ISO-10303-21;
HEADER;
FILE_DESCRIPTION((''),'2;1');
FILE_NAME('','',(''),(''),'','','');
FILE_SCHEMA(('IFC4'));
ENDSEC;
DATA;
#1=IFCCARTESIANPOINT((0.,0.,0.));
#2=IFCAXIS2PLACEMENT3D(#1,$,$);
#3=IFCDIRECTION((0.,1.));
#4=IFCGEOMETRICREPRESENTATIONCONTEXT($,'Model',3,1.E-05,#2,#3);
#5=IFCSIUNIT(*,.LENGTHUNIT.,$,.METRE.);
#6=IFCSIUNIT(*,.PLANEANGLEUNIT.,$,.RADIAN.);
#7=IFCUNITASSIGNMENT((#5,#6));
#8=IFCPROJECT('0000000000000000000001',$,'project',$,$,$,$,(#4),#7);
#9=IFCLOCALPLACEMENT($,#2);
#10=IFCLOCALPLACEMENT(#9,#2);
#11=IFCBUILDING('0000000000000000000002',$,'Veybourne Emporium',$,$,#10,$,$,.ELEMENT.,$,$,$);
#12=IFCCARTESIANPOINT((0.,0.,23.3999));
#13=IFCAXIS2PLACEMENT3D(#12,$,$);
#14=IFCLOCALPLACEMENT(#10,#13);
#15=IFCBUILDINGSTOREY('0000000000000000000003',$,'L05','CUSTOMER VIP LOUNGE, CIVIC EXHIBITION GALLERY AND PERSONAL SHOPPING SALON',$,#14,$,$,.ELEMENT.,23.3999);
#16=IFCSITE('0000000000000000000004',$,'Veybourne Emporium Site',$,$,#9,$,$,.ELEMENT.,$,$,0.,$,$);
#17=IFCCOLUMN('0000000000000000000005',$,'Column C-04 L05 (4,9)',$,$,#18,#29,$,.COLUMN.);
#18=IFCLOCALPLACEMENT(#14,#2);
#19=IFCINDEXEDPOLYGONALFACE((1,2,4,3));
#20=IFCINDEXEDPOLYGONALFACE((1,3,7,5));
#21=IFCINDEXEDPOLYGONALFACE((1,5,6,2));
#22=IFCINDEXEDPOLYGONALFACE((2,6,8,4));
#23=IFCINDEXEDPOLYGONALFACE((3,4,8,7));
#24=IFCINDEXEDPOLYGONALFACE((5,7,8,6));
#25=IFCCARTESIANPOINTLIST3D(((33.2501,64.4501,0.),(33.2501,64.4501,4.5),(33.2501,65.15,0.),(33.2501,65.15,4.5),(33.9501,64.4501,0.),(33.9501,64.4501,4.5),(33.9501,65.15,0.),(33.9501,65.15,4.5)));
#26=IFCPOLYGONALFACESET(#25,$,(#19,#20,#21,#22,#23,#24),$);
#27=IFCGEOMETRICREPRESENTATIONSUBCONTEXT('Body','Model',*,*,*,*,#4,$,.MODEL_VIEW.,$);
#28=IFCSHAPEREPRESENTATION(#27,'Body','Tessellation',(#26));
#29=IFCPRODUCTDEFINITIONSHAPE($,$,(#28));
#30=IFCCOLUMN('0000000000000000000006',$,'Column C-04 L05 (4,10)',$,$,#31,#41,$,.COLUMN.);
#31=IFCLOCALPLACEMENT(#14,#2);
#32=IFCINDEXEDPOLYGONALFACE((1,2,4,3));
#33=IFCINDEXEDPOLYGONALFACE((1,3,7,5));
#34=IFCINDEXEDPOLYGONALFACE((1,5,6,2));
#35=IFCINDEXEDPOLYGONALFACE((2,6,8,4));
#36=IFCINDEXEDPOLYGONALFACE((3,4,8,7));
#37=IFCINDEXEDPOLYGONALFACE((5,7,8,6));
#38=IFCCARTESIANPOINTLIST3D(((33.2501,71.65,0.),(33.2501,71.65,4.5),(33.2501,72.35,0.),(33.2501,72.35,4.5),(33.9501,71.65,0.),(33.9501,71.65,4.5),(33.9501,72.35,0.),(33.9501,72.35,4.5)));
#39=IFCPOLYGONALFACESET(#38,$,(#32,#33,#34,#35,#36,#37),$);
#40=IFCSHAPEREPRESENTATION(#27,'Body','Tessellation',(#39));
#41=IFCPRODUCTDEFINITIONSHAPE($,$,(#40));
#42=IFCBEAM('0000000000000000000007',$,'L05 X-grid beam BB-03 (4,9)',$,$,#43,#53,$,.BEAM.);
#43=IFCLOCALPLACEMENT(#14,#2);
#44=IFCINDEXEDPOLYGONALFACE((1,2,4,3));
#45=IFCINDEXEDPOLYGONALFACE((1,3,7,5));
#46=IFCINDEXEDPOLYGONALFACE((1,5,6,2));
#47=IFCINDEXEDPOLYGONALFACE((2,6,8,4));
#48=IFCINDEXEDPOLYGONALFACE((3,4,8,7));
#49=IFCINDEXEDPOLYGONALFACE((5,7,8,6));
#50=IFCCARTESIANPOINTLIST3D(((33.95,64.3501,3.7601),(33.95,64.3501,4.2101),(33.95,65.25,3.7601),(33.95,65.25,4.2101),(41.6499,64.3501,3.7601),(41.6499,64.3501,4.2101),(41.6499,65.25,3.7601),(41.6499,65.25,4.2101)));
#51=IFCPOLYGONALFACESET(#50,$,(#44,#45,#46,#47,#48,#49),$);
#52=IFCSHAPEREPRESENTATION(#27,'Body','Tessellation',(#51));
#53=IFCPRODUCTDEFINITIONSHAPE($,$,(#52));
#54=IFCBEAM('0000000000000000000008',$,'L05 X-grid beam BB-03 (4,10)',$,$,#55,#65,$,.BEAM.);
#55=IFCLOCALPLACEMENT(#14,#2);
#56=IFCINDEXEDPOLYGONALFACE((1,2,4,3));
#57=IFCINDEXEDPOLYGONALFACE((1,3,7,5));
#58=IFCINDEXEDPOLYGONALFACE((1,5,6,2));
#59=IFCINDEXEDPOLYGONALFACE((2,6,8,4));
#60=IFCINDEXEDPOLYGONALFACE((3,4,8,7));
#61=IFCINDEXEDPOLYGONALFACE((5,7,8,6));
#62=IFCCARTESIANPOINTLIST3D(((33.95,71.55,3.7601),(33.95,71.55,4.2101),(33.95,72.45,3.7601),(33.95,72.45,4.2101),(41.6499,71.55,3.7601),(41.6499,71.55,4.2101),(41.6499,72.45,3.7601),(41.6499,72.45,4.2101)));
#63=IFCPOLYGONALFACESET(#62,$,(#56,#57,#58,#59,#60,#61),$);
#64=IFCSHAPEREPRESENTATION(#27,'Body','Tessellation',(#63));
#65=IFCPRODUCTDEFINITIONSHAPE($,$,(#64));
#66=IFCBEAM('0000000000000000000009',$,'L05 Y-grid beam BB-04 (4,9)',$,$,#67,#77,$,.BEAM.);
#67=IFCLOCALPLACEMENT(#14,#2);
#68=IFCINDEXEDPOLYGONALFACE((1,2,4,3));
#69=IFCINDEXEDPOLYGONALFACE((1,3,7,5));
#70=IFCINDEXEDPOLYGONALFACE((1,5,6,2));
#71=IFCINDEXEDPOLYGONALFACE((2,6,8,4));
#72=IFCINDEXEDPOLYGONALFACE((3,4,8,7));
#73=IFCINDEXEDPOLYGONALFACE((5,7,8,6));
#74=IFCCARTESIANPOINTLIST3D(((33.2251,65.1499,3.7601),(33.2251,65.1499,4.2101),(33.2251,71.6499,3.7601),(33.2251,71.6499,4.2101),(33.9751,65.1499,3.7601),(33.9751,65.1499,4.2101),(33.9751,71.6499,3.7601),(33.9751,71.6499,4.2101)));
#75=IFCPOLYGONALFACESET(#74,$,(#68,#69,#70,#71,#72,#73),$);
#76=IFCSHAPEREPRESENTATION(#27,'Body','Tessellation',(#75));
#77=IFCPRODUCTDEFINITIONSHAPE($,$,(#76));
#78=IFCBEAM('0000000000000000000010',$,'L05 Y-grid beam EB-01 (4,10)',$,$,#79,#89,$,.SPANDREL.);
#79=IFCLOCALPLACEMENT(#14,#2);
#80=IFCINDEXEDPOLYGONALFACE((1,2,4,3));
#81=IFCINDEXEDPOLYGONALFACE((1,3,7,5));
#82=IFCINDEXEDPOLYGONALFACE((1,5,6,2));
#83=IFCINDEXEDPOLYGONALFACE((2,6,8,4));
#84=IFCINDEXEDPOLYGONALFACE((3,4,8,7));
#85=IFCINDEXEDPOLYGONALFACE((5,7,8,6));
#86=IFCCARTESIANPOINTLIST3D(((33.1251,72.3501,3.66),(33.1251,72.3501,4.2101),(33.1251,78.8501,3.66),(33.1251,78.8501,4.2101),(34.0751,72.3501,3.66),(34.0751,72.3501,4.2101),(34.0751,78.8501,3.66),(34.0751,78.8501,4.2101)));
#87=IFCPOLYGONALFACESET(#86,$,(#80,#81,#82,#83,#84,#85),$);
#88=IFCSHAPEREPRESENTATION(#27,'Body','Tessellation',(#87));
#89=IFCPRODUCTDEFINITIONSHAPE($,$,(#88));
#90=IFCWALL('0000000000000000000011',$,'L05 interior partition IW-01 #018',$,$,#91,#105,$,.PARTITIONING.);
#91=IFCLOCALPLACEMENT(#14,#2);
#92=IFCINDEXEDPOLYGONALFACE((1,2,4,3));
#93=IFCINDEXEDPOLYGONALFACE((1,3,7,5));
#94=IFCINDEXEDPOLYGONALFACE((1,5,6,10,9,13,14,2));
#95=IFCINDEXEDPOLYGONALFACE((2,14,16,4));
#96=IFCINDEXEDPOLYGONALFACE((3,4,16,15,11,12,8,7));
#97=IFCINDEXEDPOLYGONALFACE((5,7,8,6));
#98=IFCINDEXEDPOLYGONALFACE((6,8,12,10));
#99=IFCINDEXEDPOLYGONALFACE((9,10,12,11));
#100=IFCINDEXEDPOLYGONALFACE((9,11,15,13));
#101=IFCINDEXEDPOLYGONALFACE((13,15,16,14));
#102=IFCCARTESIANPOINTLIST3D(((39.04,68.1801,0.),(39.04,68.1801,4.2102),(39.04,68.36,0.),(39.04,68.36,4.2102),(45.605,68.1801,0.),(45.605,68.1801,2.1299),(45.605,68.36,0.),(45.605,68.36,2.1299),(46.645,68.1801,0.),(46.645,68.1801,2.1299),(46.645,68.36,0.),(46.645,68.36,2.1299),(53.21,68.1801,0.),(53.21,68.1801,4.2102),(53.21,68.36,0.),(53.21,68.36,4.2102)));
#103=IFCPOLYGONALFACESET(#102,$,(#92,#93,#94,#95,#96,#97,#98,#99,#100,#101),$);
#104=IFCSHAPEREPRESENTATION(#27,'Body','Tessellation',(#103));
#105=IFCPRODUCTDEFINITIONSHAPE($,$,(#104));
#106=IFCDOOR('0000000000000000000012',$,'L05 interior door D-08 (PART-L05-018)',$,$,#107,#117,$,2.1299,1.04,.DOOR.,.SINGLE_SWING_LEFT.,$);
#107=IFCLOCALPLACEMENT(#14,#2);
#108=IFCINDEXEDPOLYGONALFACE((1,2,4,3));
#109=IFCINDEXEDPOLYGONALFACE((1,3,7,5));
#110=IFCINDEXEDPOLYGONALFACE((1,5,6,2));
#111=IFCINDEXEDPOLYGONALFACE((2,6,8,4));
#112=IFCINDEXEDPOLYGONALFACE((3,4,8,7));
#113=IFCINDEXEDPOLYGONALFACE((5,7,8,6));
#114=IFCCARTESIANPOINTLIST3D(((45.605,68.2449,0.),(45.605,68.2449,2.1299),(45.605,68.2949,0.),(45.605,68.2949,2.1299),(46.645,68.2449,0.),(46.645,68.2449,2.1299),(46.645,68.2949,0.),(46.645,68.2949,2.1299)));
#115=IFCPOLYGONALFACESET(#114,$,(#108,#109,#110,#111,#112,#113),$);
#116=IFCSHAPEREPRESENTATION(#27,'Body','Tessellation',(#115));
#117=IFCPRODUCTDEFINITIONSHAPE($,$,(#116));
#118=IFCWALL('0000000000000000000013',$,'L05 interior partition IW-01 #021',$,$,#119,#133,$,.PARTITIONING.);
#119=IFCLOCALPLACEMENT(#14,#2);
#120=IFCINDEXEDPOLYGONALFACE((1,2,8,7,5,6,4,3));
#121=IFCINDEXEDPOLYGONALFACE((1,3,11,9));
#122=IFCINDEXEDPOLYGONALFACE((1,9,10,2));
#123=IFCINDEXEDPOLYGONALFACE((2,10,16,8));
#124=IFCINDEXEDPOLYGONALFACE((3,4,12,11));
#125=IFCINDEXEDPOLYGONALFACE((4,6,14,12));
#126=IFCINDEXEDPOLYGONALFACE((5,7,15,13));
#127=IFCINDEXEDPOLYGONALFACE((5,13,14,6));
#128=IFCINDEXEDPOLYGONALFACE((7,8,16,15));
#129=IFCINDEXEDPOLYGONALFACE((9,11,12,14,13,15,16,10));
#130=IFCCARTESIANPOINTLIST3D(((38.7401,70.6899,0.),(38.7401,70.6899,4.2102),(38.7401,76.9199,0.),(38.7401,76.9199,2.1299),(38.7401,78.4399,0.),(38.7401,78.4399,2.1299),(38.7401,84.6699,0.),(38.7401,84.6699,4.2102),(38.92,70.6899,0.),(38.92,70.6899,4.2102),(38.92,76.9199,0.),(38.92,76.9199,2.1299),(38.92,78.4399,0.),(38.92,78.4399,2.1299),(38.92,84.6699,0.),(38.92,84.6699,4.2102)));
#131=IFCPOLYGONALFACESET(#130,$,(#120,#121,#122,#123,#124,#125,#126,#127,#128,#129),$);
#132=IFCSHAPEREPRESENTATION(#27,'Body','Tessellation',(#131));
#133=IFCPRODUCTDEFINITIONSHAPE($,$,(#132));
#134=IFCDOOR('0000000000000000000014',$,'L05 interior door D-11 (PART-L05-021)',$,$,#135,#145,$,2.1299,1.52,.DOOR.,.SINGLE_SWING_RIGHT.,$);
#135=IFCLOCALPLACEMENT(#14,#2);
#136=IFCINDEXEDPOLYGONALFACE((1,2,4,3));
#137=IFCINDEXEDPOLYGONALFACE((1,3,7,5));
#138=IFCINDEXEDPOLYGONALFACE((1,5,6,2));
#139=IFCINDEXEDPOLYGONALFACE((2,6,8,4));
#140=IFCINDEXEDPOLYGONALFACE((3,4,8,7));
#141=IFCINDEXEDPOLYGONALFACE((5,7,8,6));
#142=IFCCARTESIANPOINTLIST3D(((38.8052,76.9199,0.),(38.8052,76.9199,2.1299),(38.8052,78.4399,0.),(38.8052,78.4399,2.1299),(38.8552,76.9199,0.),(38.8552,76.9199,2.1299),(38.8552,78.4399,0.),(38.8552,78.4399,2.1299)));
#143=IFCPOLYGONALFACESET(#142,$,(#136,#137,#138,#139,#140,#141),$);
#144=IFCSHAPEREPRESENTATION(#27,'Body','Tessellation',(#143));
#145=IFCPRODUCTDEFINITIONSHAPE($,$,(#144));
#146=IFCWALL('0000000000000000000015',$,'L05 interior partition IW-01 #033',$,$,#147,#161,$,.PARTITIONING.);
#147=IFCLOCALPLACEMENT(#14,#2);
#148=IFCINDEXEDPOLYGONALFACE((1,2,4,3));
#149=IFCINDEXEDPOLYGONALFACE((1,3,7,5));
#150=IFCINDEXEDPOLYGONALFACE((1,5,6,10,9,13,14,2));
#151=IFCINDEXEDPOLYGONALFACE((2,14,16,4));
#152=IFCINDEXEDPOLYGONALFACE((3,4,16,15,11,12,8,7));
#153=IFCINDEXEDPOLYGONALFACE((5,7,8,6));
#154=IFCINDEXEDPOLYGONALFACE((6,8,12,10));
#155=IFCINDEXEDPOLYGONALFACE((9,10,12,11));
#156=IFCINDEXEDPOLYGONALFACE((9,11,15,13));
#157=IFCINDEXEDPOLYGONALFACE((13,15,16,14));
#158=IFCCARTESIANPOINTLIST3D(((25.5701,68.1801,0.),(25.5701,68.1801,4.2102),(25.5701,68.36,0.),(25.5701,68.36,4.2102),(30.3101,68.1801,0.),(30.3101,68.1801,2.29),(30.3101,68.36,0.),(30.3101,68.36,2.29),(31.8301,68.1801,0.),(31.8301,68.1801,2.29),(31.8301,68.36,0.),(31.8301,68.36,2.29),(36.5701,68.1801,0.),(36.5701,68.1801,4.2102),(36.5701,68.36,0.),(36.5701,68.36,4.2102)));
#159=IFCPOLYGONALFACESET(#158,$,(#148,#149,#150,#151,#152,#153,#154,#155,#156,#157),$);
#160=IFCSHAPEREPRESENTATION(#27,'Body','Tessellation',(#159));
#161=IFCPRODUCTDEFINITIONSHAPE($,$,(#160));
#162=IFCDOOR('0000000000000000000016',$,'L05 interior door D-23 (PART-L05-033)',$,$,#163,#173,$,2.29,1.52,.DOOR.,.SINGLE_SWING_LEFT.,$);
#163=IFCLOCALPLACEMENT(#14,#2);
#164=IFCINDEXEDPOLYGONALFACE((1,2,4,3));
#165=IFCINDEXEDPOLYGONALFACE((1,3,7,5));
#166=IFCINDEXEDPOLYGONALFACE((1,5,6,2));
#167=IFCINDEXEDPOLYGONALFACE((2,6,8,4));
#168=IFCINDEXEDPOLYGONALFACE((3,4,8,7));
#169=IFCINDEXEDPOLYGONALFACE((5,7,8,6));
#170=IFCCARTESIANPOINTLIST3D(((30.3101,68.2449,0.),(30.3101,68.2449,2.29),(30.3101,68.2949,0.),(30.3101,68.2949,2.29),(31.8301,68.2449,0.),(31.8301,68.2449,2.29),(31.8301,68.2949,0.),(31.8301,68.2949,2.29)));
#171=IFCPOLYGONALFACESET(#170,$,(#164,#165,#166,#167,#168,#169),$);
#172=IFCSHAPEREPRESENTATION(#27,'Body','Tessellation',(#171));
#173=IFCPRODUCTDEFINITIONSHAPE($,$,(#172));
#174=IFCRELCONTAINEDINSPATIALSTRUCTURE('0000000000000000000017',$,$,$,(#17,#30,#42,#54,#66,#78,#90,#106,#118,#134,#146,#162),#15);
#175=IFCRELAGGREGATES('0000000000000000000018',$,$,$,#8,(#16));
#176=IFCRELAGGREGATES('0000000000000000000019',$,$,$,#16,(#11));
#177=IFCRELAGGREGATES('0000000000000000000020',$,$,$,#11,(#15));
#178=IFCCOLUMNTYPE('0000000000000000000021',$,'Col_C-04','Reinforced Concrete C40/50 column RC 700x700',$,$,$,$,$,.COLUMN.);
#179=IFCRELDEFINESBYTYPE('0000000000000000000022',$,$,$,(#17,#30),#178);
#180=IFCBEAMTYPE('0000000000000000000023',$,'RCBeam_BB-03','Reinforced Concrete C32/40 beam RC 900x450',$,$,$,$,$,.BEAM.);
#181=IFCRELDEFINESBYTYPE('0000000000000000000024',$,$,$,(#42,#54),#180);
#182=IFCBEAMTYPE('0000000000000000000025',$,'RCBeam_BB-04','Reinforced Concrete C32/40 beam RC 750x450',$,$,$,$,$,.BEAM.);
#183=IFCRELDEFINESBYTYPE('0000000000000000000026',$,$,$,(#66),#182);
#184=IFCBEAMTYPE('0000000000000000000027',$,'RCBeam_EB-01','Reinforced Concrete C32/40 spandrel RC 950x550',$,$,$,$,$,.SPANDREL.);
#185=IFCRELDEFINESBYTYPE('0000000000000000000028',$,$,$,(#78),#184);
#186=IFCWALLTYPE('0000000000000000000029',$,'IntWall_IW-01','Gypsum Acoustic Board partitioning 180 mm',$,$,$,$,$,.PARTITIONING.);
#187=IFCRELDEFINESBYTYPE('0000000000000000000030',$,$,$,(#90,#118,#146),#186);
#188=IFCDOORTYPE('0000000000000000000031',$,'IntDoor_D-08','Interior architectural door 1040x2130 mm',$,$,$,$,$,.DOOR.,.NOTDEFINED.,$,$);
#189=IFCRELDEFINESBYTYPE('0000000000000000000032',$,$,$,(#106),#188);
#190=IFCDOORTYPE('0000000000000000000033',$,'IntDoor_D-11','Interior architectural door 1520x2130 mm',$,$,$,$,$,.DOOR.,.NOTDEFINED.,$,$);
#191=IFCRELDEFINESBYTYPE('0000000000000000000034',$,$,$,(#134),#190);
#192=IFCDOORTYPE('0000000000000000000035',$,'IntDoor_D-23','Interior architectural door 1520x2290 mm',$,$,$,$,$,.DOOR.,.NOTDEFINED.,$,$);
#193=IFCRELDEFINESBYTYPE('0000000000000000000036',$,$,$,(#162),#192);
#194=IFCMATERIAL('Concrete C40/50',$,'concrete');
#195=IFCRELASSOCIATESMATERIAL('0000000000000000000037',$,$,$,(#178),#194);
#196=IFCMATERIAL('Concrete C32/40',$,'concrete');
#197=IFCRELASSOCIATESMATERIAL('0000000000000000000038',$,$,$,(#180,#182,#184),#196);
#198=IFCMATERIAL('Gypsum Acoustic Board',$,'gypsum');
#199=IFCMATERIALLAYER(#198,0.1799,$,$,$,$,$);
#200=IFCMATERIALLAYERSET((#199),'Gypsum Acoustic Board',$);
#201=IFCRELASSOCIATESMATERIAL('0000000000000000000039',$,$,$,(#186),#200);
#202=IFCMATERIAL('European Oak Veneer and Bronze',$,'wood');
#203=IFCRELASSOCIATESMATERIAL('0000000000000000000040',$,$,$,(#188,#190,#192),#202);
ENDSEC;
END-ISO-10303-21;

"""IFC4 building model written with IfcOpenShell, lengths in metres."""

from ifc_helpers import new_model, si_unit, direction, frame, frame_2d, origin, origin_2d, place, context, subcontext, project, spatial, rectangle, extrude, material, layer, layer_set, material_profile, profile_set, type_object, element, fill, save


model = new_model("IFC4")

# Units and contexts
model_context = context("Model", 3, precision=1e-05, world=origin(), true_north=direction((0.0, 1.0)))
body_context = subcontext(model_context, "Body", "Model", "MODEL_VIEW")
ifc_project = project(units=[si_unit("LENGTHUNIT", "METRE"), si_unit("PLANEANGLEUNIT", "RADIAN")], contexts=[model_context])

# Site, building, storey
site_placement = place(None, origin())
site = spatial("IfcSite", under=ifc_project, at=site_placement, Name="Veybourne Emporium Site", CompositionType="ELEMENT", RefElevation=0.0)
building_placement = place(site_placement, origin())
building = spatial("IfcBuilding", under=site, at=building_placement, Name="Veybourne Emporium", CompositionType="ELEMENT")
storey_placement = place(building_placement, frame((0.0, 0.0, 23.3999)))
storey = spatial("IfcBuildingStorey", under=building, at=storey_placement, Name="L05", Description="CUSTOMER VIP LOUNGE, CIVIC EXHIBITION GALLERY AND PERSONAL SHOPPING SALON", CompositionType="ELEMENT", Elevation=23.3999)

# Columns
ifc_material_1 = material(Name="Concrete C40/50", Category="concrete")
ifc_material_profile_1 = material_profile(ifc_material_1, rectangle(XDim=0.7, YDim=0.7, at=origin_2d()), Name="RC 700x700")
ifc_profile_set_1 = profile_set([ifc_material_profile_1], Name="Concrete C40/50")
column_type = type_object("IfcColumnType", Name="Col_C-04", Description="Reinforced Concrete C40/50 column RC 700x700", PredefinedType="COLUMN", material=ifc_profile_set_1)
for number, where, z_axis, x_axis, name in (
    (1, (33.6001, 64.8, 0.0), (0.0, 0.0, 1.0), (1.0, 0.0, 0.0), "Column C-04 L05 (4,9)"),
    (2, (33.6001, 72.0, 0.0), (0.0, 0.0, 1.0), (1.0, 0.0, 0.0), "Column C-04 L05 (4,10)"),
):
    element("IfcColumn", number, at=place(storey_placement, frame(where, z_axis=z_axis, x_axis=x_axis)), inside=storey, type_object=column_type, Name=name, PredefinedType="COLUMN", context=body_context, shape_type="SweptSolid", body=[
        extrude(rectangle(XDim=0.7, YDim=0.7, at=origin_2d()), origin(), (0.0, 0.0, 1.0), 4.5),
    ])

# Beams
ifc_material_2 = material(Name="Concrete C32/40", Category="concrete")
ifc_material_profile_2 = material_profile(ifc_material_2, rectangle(XDim=0.8999, YDim=0.45, at=origin_2d()), Name="RC 900x450")
ifc_profile_set_2 = profile_set([ifc_material_profile_2], Name="Concrete C32/40")
beam_type_1 = type_object("IfcBeamType", Name="RCBeam_BB-03", Description="Reinforced Concrete C32/40 beam RC 900x450", PredefinedType="BEAM", material=ifc_profile_set_2)
for number, where, z_axis, x_axis, name in (
    (3, (33.95, 64.8, 3.9851), (1.0, 0.0, 0.0), (0.0, 1.0, 0.0), "L05 X-grid beam BB-03 (4,9)"),
    (4, (33.95, 72.0, 3.9851), (1.0, 0.0, 0.0), (0.0, 1.0, 0.0), "L05 X-grid beam BB-03 (4,10)"),
):
    element("IfcBeam", number, at=place(storey_placement, frame(where, z_axis=z_axis, x_axis=x_axis)), inside=storey, type_object=beam_type_1, Name=name, PredefinedType="BEAM", context=body_context, shape_type="SweptSolid", body=[
        extrude(rectangle(XDim=0.8999, YDim=0.45, at=origin_2d()), origin(), (0.0, 0.0, 1.0), 7.7),
    ])
ifc_material_profile_3 = material_profile(ifc_material_2, rectangle(XDim=0.75, YDim=0.45, at=origin_2d()), Name="RC 750x450")
ifc_profile_set_3 = profile_set([ifc_material_profile_3], Name="Concrete C32/40")
beam_type_2 = type_object("IfcBeamType", Name="RCBeam_BB-04", Description="Reinforced Concrete C32/40 beam RC 750x450", PredefinedType="BEAM", material=ifc_profile_set_3)
beam_1_placement = place(storey_placement, frame((33.6001, 65.1499, 3.9851), z_axis=(0.0, 1.0, 0.0), x_axis=(-1.0, 0.0, 0.0)))
element("IfcBeam", 5, at=beam_1_placement, inside=storey, type_object=beam_type_2, Name="L05 Y-grid beam BB-04 (4,9)", PredefinedType="BEAM", context=body_context, shape_type="SweptSolid", body=[
    extrude(rectangle(XDim=0.75, YDim=0.45, at=origin_2d()), origin(), (0.0, 0.0, 1.0), 6.5),
])
ifc_material_profile_4 = material_profile(ifc_material_2, rectangle(XDim=0.95, YDim=0.55, at=origin_2d()), Name="RC 950x550")
ifc_profile_set_4 = profile_set([ifc_material_profile_4], Name="Concrete C32/40")
beam_type_3 = type_object("IfcBeamType", Name="RCBeam_EB-01", Description="Reinforced Concrete C32/40 spandrel RC 950x550", PredefinedType="SPANDREL", material=ifc_profile_set_4)
beam_2_placement = place(storey_placement, frame((33.6001, 72.3501, 3.9351), z_axis=(0.0, 1.0, 0.0), x_axis=(-1.0, 0.0, 0.0)))
element("IfcBeam", 6, at=beam_2_placement, inside=storey, type_object=beam_type_3, Name="L05 Y-grid beam EB-01 (4,10)", PredefinedType="SPANDREL", context=body_context, shape_type="SweptSolid", body=[
    extrude(rectangle(XDim=0.95, YDim=0.55, at=origin_2d()), origin(), (0.0, 0.0, 1.0), 6.5),
])

# Walls, openings, doors
ifc_material_3 = material(Name="Gypsum Acoustic Board", Category="gypsum")
ifc_layer_1 = layer(ifc_material_3, 0.1799)
ifc_layer_set_1 = layer_set([ifc_layer_1], Name="Gypsum Acoustic Board")
wall_type_1 = type_object("IfcWallType", Name="IntWall_IW-01", Description="Gypsum Acoustic Board partitioning 180 mm", PredefinedType="PARTITIONING", material=ifc_layer_set_1)
wall_1_placement = place(storey_placement, frame((39.04, 68.27, 0.0), z_axis=(0.0, 0.0, 1.0), x_axis=(1.0, 0.0, 0.0)))
wall_1 = element("IfcWall", 7, at=wall_1_placement, inside=storey, type_object=wall_type_1, Name="L05 interior partition IW-01 #018", PredefinedType="PARTITIONING", context=body_context, shape_type="SweptSolid", body=[
    extrude(rectangle(XDim=14.1699, YDim=0.1799, at=frame_2d((7.085, 0.0))), origin(), (0.0, 0.0, 1.0), 4.2102),
])
opening_1_placement = place(wall_1_placement, frame((6.5649, 0.0, 0.0)))
opening_1 = element("IfcOpeningElement", 8, at=opening_1_placement, cuts=wall_1, PredefinedType="OPENING", context=body_context, shape_type="SweptSolid", body=[
    extrude(rectangle(XDim=1.04, YDim=2.1299, at=frame_2d((0.52, 1.0649))), frame((0.0, 0.1099, 0.0), z_axis=(0.0, -1.0, 0.0), x_axis=(1.0, 0.0, 0.0)), (0.0, 0.0, 1.0), 0.22),
])
ifc_material_4 = material(Name="European Oak Veneer and Bronze", Category="wood")
door_type_1 = type_object("IfcDoorType", Name="IntDoor_D-08", Description="Interior architectural door 1040x2130 mm", OperationType="NOTDEFINED", PredefinedType="DOOR", material=ifc_material_4)
door_1_placement = place(opening_1_placement, origin())
door_1 = element("IfcDoor", 9, at=door_1_placement, inside=storey, type_object=door_type_1, Name="L05 interior door D-08 (PART-L05-018)", OperationType="SINGLE_SWING_LEFT", OverallHeight=2.1299, OverallWidth=1.04, PredefinedType="DOOR", context=body_context, shape_type="SweptSolid", body=[
    extrude(rectangle(XDim=1.04, YDim=2.1299, at=frame_2d((0.52, 1.0649))), frame((0.0, 0.0249, 0.0), z_axis=(0.0, -1.0, 0.0), x_axis=(1.0, 0.0, 0.0)), (0.0, 0.0, 1.0), 0.05),
])
fill(opening_1, door_1)
wall_2_placement = place(storey_placement, frame((38.8301, 70.6899, 0.0), z_axis=(0.0, 0.0, 1.0), x_axis=(0.0, 1.0, 0.0)))
wall_2 = element("IfcWall", 10, at=wall_2_placement, inside=storey, type_object=wall_type_1, Name="L05 interior partition IW-01 #021", PredefinedType="PARTITIONING", context=body_context, shape_type="SweptSolid", body=[
    extrude(rectangle(XDim=13.98, YDim=0.1799, at=frame_2d((6.99, 0.0))), origin(), (0.0, 0.0, 1.0), 4.2102),
])
opening_2_placement = place(wall_2_placement, frame((6.23, 0.0, 0.0)))
opening_2 = element("IfcOpeningElement", 11, at=opening_2_placement, cuts=wall_2, PredefinedType="OPENING", context=body_context, shape_type="SweptSolid", body=[
    extrude(rectangle(XDim=1.52, YDim=2.1299, at=frame_2d((0.76, 1.0649))), frame((0.0, 0.1099, 0.0), z_axis=(0.0, -1.0, 0.0), x_axis=(1.0, 0.0, 0.0)), (0.0, 0.0, 1.0), 0.22),
])
door_type_2 = type_object("IfcDoorType", Name="IntDoor_D-11", Description="Interior architectural door 1520x2130 mm", OperationType="NOTDEFINED", PredefinedType="DOOR", material=ifc_material_4)
door_2_placement = place(opening_2_placement, origin())
door_2 = element("IfcDoor", 12, at=door_2_placement, inside=storey, type_object=door_type_2, Name="L05 interior door D-11 (PART-L05-021)", OperationType="SINGLE_SWING_RIGHT", OverallHeight=2.1299, OverallWidth=1.52, PredefinedType="DOOR", context=body_context, shape_type="SweptSolid", body=[
    extrude(rectangle(XDim=1.52, YDim=2.1299, at=frame_2d((0.76, 1.0649))), frame((0.0, 0.0249, 0.0), z_axis=(0.0, -1.0, 0.0), x_axis=(1.0, 0.0, 0.0)), (0.0, 0.0, 1.0), 0.05),
])
fill(opening_2, door_2)
wall_3_placement = place(storey_placement, frame((25.5701, 68.27, 0.0), z_axis=(0.0, 0.0, 1.0), x_axis=(1.0, 0.0, 0.0)))
wall_3 = element("IfcWall", 13, at=wall_3_placement, inside=storey, type_object=wall_type_1, Name="L05 interior partition IW-01 #033", PredefinedType="PARTITIONING", context=body_context, shape_type="SweptSolid", body=[
    extrude(rectangle(XDim=11.0, YDim=0.1799, at=frame_2d((5.5, 0.0))), origin(), (0.0, 0.0, 1.0), 4.2102),
])
opening_3_placement = place(wall_3_placement, frame((4.74, 0.0, 0.0)))
opening_3 = element("IfcOpeningElement", 14, at=opening_3_placement, cuts=wall_3, PredefinedType="OPENING", context=body_context, shape_type="SweptSolid", body=[
    extrude(rectangle(XDim=1.52, YDim=2.29, at=frame_2d((0.76, 1.145))), frame((0.0, 0.1099, 0.0), z_axis=(0.0, -1.0, 0.0), x_axis=(1.0, 0.0, 0.0)), (0.0, 0.0, 1.0), 0.22),
])
door_type_3 = type_object("IfcDoorType", Name="IntDoor_D-23", Description="Interior architectural door 1520x2290 mm", OperationType="NOTDEFINED", PredefinedType="DOOR", material=ifc_material_4)
door_3_placement = place(opening_3_placement, origin())
door_3 = element("IfcDoor", 15, at=door_3_placement, inside=storey, type_object=door_type_3, Name="L05 interior door D-23 (PART-L05-033)", OperationType="SINGLE_SWING_LEFT", OverallHeight=2.29, OverallWidth=1.52, PredefinedType="DOOR", context=body_context, shape_type="SweptSolid", body=[
    extrude(rectangle(XDim=1.52, YDim=2.29, at=frame_2d((0.76, 1.145))), frame((0.0, 0.0249, 0.0), z_axis=(0.0, -1.0, 0.0), x_axis=(1.0, 0.0, 0.0)), (0.0, 0.0, 1.0), 0.05),
])
fill(opening_3, door_3)

save(model, "model.ifc")
